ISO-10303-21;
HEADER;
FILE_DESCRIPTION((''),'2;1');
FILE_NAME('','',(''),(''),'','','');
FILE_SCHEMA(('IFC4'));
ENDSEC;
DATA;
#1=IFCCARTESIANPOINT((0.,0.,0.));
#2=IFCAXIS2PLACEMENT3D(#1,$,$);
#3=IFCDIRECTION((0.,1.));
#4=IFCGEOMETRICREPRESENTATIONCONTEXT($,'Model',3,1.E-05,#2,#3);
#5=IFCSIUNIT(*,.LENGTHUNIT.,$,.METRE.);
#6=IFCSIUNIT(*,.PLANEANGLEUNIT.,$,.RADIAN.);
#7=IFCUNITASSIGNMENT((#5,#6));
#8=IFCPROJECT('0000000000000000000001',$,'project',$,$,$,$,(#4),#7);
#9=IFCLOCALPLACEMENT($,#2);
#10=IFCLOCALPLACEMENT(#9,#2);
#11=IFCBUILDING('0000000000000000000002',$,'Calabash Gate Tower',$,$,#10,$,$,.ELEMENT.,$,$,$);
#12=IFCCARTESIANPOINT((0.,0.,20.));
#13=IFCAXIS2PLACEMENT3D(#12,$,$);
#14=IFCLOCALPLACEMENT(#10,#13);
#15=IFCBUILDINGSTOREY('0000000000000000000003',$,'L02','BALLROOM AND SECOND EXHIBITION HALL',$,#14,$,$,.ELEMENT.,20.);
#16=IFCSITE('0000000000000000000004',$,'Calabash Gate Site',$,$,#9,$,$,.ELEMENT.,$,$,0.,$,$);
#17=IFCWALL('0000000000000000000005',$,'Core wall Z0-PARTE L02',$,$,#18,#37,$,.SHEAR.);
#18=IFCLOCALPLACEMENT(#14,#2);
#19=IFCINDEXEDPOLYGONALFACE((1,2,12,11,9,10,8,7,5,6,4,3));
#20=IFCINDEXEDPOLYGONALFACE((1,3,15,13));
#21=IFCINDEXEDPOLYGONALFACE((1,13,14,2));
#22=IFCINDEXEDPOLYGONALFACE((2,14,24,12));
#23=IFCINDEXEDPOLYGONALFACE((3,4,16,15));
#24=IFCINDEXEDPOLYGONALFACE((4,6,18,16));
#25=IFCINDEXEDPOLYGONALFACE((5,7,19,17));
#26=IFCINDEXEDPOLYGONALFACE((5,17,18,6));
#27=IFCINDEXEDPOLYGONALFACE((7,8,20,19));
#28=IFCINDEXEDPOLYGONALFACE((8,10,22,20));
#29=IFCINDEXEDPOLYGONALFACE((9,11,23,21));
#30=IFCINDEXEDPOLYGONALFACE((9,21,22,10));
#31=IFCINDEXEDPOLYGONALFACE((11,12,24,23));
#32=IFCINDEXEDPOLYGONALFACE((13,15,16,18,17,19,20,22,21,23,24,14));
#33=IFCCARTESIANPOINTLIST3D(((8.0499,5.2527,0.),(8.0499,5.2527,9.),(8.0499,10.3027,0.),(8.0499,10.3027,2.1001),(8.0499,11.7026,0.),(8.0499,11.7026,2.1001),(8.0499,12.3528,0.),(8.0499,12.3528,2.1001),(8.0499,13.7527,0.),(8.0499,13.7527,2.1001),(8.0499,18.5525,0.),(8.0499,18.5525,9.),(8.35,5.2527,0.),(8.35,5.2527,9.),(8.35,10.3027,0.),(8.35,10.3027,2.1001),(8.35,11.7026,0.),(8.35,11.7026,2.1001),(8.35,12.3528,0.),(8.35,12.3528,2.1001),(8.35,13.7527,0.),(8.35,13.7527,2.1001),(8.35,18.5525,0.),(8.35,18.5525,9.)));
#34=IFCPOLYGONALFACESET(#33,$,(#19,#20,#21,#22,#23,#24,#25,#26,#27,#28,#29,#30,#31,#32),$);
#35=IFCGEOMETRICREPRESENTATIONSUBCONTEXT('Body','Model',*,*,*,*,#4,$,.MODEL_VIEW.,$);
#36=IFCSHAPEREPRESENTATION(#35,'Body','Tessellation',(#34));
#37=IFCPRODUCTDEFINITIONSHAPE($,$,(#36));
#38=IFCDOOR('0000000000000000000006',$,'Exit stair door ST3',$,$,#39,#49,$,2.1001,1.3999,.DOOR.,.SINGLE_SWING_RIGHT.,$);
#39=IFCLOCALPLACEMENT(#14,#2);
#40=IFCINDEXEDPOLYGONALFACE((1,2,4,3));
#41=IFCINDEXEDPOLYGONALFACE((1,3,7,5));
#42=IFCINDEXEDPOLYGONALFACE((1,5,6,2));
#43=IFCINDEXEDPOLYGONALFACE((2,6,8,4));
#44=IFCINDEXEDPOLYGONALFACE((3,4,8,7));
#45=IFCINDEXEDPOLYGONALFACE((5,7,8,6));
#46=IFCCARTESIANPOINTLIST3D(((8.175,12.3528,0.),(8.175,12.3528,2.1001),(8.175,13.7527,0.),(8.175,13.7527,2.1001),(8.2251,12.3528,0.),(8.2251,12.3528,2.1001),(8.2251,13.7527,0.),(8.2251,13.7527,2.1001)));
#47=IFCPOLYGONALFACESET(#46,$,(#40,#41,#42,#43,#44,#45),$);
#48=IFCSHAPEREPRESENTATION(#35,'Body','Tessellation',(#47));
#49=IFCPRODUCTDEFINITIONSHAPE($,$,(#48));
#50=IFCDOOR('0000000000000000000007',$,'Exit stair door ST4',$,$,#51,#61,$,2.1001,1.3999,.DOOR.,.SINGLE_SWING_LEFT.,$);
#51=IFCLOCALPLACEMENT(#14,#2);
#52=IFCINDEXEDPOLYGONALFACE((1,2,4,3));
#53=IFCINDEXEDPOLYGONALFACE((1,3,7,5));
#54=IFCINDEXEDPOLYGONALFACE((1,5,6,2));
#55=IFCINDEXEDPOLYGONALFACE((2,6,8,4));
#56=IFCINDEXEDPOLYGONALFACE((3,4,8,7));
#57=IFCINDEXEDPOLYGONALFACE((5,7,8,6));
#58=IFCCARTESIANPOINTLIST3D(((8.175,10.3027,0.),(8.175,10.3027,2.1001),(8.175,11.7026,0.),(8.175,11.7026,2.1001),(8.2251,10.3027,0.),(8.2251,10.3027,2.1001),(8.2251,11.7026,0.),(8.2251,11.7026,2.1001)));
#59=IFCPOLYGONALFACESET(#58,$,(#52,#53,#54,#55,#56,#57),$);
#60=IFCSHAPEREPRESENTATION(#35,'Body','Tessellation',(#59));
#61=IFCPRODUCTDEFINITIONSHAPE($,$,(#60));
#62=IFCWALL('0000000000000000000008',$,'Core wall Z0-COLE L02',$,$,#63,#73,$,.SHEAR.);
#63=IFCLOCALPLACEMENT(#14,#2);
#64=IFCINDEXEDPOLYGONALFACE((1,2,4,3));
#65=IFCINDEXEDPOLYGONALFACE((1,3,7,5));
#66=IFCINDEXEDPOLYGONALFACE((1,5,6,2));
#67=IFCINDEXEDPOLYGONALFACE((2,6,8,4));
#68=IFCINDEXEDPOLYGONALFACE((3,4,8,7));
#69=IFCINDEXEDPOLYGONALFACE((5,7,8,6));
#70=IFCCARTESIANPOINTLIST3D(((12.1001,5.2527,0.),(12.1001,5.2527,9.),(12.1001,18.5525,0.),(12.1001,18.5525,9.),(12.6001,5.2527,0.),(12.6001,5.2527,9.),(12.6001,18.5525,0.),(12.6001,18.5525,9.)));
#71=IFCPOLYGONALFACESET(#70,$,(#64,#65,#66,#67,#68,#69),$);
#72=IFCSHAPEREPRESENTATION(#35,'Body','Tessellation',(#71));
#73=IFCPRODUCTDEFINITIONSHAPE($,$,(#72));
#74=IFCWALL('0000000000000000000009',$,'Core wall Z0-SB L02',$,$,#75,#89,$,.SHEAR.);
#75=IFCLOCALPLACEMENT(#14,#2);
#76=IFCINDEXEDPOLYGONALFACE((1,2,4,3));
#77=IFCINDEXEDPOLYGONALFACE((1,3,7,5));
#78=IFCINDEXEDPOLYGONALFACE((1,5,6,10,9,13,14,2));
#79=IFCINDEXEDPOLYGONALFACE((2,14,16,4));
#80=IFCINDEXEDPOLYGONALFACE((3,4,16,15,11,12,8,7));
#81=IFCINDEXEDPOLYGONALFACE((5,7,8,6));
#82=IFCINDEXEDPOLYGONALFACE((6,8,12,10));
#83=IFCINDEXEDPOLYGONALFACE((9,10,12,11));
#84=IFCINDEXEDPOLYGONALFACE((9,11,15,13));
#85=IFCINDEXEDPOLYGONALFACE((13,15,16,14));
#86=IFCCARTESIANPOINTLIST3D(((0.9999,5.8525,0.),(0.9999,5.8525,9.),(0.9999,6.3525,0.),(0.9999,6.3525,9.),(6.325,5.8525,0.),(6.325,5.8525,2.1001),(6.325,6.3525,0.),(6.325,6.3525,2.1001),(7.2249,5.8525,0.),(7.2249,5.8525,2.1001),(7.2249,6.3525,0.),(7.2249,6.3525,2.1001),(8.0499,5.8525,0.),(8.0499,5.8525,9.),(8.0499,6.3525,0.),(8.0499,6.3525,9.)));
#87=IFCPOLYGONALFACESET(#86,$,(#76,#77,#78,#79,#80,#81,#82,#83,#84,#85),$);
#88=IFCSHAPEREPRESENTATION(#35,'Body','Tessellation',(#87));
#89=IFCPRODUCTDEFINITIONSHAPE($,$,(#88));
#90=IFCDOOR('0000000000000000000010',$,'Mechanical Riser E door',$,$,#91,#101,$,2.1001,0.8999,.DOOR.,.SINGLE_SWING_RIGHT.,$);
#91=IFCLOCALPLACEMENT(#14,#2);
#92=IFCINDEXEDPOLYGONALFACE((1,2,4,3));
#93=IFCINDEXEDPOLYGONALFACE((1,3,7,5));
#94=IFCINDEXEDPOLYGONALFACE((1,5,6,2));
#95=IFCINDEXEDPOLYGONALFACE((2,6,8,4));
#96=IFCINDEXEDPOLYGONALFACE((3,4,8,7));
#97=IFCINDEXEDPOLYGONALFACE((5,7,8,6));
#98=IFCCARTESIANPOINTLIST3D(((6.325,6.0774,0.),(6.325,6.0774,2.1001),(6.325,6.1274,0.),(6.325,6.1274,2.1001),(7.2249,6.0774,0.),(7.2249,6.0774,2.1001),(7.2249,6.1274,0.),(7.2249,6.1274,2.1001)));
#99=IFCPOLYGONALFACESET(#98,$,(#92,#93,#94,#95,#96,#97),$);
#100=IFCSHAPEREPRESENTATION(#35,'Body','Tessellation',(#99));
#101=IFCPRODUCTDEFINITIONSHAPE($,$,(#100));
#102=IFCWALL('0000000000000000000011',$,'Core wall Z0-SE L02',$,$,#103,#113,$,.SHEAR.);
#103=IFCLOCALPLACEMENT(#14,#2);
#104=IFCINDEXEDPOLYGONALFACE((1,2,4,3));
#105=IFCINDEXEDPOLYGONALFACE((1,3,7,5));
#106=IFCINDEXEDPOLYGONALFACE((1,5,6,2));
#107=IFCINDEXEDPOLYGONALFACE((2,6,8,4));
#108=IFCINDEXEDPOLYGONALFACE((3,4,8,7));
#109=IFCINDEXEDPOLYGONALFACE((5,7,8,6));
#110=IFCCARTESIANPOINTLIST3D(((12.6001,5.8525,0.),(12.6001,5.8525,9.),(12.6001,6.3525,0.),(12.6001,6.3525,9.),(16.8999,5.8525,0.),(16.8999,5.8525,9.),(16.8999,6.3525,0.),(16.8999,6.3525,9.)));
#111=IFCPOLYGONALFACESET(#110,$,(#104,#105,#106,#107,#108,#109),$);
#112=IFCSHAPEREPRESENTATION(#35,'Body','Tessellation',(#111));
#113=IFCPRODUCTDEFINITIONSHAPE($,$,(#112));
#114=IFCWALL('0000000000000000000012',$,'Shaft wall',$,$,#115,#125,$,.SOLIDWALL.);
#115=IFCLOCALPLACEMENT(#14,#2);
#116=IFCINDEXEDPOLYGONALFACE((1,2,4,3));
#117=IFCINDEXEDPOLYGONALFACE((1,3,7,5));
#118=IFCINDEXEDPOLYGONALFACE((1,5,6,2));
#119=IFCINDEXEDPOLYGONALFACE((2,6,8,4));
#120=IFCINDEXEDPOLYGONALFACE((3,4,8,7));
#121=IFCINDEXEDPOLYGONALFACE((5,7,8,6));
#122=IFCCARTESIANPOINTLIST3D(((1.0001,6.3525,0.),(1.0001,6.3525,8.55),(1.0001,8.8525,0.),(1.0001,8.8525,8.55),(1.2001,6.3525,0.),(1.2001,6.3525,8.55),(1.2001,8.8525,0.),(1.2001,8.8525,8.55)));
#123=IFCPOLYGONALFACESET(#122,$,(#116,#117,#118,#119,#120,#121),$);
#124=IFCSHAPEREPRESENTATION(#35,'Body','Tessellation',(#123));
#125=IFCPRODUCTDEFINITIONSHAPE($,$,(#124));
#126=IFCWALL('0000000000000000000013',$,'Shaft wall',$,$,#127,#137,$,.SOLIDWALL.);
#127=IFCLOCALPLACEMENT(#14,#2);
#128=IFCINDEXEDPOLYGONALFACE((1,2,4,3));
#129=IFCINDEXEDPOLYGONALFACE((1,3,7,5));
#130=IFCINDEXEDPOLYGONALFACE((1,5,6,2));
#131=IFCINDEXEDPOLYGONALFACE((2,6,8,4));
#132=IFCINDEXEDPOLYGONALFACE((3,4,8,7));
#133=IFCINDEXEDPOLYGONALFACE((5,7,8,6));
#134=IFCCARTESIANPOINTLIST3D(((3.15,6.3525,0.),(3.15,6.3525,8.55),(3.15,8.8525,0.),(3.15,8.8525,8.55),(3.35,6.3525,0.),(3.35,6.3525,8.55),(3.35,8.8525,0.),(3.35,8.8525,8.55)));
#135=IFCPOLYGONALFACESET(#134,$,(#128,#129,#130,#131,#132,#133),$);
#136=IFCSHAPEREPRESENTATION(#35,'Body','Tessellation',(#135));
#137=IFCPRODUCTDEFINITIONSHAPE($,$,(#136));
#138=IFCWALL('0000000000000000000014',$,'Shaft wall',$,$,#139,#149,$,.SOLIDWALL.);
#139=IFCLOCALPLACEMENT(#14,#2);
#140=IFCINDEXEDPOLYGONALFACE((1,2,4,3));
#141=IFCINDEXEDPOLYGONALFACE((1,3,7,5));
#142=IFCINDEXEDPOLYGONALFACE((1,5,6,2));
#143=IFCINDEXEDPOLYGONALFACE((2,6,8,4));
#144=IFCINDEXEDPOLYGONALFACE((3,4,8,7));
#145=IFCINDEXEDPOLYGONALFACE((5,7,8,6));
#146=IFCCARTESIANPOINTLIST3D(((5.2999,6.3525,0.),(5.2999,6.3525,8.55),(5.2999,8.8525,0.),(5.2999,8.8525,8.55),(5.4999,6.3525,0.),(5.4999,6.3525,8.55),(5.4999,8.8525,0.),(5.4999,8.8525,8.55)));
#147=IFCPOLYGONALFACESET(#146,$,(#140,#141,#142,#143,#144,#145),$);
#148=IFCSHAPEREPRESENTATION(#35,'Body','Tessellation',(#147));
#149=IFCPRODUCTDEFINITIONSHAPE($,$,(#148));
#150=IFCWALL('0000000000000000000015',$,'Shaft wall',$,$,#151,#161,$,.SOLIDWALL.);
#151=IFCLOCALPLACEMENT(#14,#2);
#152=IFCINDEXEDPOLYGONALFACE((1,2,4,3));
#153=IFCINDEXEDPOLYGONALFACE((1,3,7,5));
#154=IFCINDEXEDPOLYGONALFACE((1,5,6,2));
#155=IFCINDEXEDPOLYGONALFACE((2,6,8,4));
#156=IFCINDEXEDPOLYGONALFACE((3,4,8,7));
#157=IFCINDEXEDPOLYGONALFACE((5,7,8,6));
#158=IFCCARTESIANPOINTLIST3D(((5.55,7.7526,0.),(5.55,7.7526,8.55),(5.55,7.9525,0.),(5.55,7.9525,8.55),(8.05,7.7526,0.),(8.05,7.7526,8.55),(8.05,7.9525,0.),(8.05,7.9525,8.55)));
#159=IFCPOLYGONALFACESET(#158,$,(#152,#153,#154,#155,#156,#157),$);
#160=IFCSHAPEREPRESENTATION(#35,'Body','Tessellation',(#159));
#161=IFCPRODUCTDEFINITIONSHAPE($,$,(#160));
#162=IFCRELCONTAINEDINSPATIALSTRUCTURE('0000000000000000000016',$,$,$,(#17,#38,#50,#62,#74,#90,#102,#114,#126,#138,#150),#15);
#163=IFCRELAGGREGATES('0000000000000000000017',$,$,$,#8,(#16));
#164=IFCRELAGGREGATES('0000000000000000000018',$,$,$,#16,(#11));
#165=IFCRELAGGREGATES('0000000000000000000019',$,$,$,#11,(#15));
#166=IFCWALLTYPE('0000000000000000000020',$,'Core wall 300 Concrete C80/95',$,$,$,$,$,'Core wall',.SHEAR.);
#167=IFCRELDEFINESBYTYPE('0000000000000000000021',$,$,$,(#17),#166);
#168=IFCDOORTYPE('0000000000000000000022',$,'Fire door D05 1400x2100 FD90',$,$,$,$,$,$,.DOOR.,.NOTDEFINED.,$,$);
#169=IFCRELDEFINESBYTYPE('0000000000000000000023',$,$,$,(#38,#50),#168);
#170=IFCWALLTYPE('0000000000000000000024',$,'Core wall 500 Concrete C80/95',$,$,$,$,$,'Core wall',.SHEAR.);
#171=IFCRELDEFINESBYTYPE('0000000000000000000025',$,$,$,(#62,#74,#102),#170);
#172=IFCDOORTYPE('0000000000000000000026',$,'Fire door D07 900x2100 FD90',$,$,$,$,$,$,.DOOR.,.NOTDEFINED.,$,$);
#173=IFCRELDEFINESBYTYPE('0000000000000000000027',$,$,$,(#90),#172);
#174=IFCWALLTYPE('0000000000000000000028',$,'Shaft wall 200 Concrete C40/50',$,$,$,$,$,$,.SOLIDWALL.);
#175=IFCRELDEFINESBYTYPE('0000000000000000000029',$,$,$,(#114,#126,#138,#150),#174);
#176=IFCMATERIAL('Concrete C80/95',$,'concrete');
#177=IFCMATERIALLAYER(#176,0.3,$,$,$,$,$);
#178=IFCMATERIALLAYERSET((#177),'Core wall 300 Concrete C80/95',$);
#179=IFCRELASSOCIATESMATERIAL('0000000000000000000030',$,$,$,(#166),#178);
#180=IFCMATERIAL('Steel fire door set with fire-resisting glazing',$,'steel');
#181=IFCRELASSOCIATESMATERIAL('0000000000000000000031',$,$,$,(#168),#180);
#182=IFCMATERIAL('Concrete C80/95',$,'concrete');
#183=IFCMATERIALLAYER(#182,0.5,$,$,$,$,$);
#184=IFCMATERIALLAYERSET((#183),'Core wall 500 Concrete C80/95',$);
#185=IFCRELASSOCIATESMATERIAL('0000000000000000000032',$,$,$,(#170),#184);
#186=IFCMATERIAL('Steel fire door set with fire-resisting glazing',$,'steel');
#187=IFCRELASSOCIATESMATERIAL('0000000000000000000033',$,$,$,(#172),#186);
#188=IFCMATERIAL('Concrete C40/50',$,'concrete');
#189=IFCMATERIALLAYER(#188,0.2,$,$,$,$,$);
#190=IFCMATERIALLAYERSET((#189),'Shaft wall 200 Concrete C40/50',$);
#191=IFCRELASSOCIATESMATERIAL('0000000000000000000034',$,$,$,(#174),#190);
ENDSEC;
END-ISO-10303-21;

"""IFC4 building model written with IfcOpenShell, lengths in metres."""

from ifc_helpers import new_model, si_unit, direction, frame, frame_2d, origin, place, context, subcontext, project, spatial, rectangle, extrude, material, layer, layer_set, type_object, element, fill, save


model = new_model("IFC4")

# Units and contexts
model_context = context("Model", 3, precision=1e-05, world=origin(), true_north=direction((0.0, 1.0)))
body_context = subcontext(model_context, "Body", "Model", "MODEL_VIEW")
ifc_project = project(units=[si_unit("LENGTHUNIT", "METRE"), si_unit("PLANEANGLEUNIT", "RADIAN")], contexts=[model_context])

# Site, building, storey
site_placement = place(None, origin())
site = spatial("IfcSite", under=ifc_project, at=site_placement, Name="Calabash Gate Site", CompositionType="ELEMENT", RefElevation=0.0)
building_placement = place(site_placement, origin())
building = spatial("IfcBuilding", under=site, at=building_placement, Name="Calabash Gate Tower", CompositionType="ELEMENT")
storey_placement = place(building_placement, frame((0.0, 0.0, 20.0)))
storey = spatial("IfcBuildingStorey", under=building, at=storey_placement, Name="L02", Description="BALLROOM AND SECOND EXHIBITION HALL", CompositionType="ELEMENT", Elevation=20.0)

# Wall, openings, doors
ifc_material_1 = material(Name="Concrete C80/95", Category="concrete")
ifc_layer_1 = layer(ifc_material_1, 0.3)
ifc_layer_set_1 = layer_set([ifc_layer_1], Name="Core wall 300 Concrete C80/95")
wall_type_1 = type_object("IfcWallType", Name="Core wall 300 Concrete C80/95", ElementType="Core wall", PredefinedType="SHEAR", material=ifc_layer_set_1)
wall_1_placement = place(storey_placement, frame((8.2, 5.2527, 0.0), z_axis=(0.0, 0.0, 1.0), x_axis=(0.0, 1.0, 0.0)))
wall_1 = element("IfcWall", 1, at=wall_1_placement, inside=storey, type_object=wall_type_1, Name="Core wall Z0-PARTE L02", PredefinedType="SHEAR", context=body_context, shape_type="SweptSolid", body=[
    extrude(rectangle(XDim=13.2998, YDim=0.3, at=frame_2d((6.6499, 0.0))), origin(), (0.0, 0.0, 1.0), 9.0),
])
opening_1_placement = place(wall_1_placement, frame((7.1001, 0.0, 0.0)))
opening_1 = element("IfcOpeningElement", 2, at=opening_1_placement, cuts=wall_1, PredefinedType="OPENING", context=body_context, shape_type="SweptSolid", body=[
    extrude(rectangle(XDim=1.3999, YDim=2.1001, at=frame_2d((0.7, 1.05))), frame((0.0, 0.1599, 0.0), z_axis=(0.0, -1.0, 0.0), x_axis=(1.0, 0.0, 0.0)), (0.0, 0.0, 1.0), 0.3201),
])
opening_2_placement = place(wall_1_placement, frame((5.05, 0.0, 0.0)))
opening_2 = element("IfcOpeningElement", 3, at=opening_2_placement, cuts=wall_1, PredefinedType="OPENING", context=body_context, shape_type="SweptSolid", body=[
    extrude(rectangle(XDim=1.3999, YDim=2.1001, at=frame_2d((0.7, 1.05))), frame((0.0, 0.1599, 0.0), z_axis=(0.0, -1.0, 0.0), x_axis=(1.0, 0.0, 0.0)), (0.0, 0.0, 1.0), 0.3201),
])
ifc_material_2 = material(Name="Steel fire door set with fire-resisting glazing", Category="steel")
door_type_1 = type_object("IfcDoorType", Name="Fire door D05 1400x2100 FD90", OperationType="NOTDEFINED", PredefinedType="DOOR", material=ifc_material_2)
door_1_placement = place(opening_1_placement, origin())
door_1 = element("IfcDoor", 4, at=door_1_placement, inside=storey, type_object=door_type_1, Name="Exit stair door ST3", OperationType="SINGLE_SWING_RIGHT", OverallHeight=2.1001, OverallWidth=1.3999, PredefinedType="DOOR", context=body_context, shape_type="SweptSolid", body=[
    extrude(rectangle(XDim=1.3999, YDim=2.1001, at=frame_2d((0.7, 1.05))), frame((0.0, 0.0249, 0.0), z_axis=(0.0, -1.0, 0.0), x_axis=(1.0, 0.0, 0.0)), (0.0, 0.0, 1.0), 0.05),
])
fill(opening_1, door_1)
door_2_placement = place(opening_2_placement, origin())
door_2 = element("IfcDoor", 5, at=door_2_placement, inside=storey, type_object=door_type_1, Name="Exit stair door ST4", OperationType="SINGLE_SWING_LEFT", OverallHeight=2.1001, OverallWidth=1.3999, PredefinedType="DOOR", context=body_context, shape_type="SweptSolid", body=[
    extrude(rectangle(XDim=1.3999, YDim=2.1001, at=frame_2d((0.7, 1.05))), frame((0.0, 0.0249, 0.0), z_axis=(0.0, -1.0, 0.0), x_axis=(1.0, 0.0, 0.0)), (0.0, 0.0, 1.0), 0.05),
])
fill(opening_2, door_2)

# Wall
ifc_material_3 = material(Name="Concrete C80/95", Category="concrete")
ifc_layer_2 = layer(ifc_material_3, 0.5)
ifc_layer_set_2 = layer_set([ifc_layer_2], Name="Core wall 500 Concrete C80/95")
wall_type_2 = type_object("IfcWallType", Name="Core wall 500 Concrete C80/95", ElementType="Core wall", PredefinedType="SHEAR", material=ifc_layer_set_2)
wall_2_placement = place(storey_placement, frame((12.3501, 5.2527, 0.0), z_axis=(0.0, 0.0, 1.0), x_axis=(0.0, 1.0, 0.0)))
element("IfcWall", 6, at=wall_2_placement, inside=storey, type_object=wall_type_2, Name="Core wall Z0-COLE L02", PredefinedType="SHEAR", context=body_context, shape_type="SweptSolid", body=[
    extrude(rectangle(XDim=13.2998, YDim=0.5, at=frame_2d((6.6499, 0.0))), origin(), (0.0, 0.0, 1.0), 9.0),
])

# Wall, opening, door
wall_3_placement = place(storey_placement, frame((1.0, 6.1025, 0.0), z_axis=(0.0, 0.0, 1.0), x_axis=(1.0, 0.0, 0.0)))
wall_3 = element("IfcWall", 7, at=wall_3_placement, inside=storey, type_object=wall_type_2, Name="Core wall Z0-SB L02", PredefinedType="SHEAR", context=body_context, shape_type="SweptSolid", body=[
    extrude(rectangle(XDim=7.05, YDim=0.5, at=frame_2d((3.5249, 0.0))), origin(), (0.0, 0.0, 1.0), 9.0),
])
opening_3_placement = place(wall_3_placement, frame((5.325, 0.0, 0.0)))
opening_3 = element("IfcOpeningElement", 8, at=opening_3_placement, cuts=wall_3, PredefinedType="OPENING", context=body_context, shape_type="SweptSolid", body=[
    extrude(rectangle(XDim=0.8999, YDim=2.1001, at=frame_2d((0.45, 1.05))), frame((0.0, 0.26, 0.0), z_axis=(0.0, -1.0, 0.0), x_axis=(1.0, 0.0, 0.0)), (0.0, 0.0, 1.0), 0.52),
])
ifc_material_4 = material(Name="Steel fire door set with fire-resisting glazing", Category="steel")
door_type_2 = type_object("IfcDoorType", Name="Fire door D07 900x2100 FD90", OperationType="NOTDEFINED", PredefinedType="DOOR", material=ifc_material_4)
door_3_placement = place(opening_3_placement, origin())
door_3 = element("IfcDoor", 9, at=door_3_placement, inside=storey, type_object=door_type_2, Name="Mechanical Riser E door", OperationType="SINGLE_SWING_RIGHT", OverallHeight=2.1001, OverallWidth=0.8999, PredefinedType="DOOR", context=body_context, shape_type="SweptSolid", body=[
    extrude(rectangle(XDim=0.8999, YDim=2.1001, at=frame_2d((0.45, 1.05))), frame((0.0, 0.0249, 0.0), z_axis=(0.0, -1.0, 0.0), x_axis=(1.0, 0.0, 0.0)), (0.0, 0.0, 1.0), 0.05),
])
fill(opening_3, door_3)

# Walls
wall_4_placement = place(storey_placement, frame((12.6001, 6.1025, 0.0), z_axis=(0.0, 0.0, 1.0), x_axis=(1.0, 0.0, 0.0)))
element("IfcWall", 10, at=wall_4_placement, inside=storey, type_object=wall_type_2, Name="Core wall Z0-SE L02", PredefinedType="SHEAR", context=body_context, shape_type="SweptSolid", body=[
    extrude(rectangle(XDim=4.2998, YDim=0.5, at=frame_2d((2.1499, 0.0))), origin(), (0.0, 0.0, 1.0), 9.0),
])
ifc_material_5 = material(Name="Concrete C40/50", Category="concrete")
ifc_layer_3 = layer(ifc_material_5, 0.2)
ifc_layer_set_3 = layer_set([ifc_layer_3], Name="Shaft wall 200 Concrete C40/50")
wall_type_3 = type_object("IfcWallType", Name="Shaft wall 200 Concrete C40/50", PredefinedType="SOLIDWALL", material=ifc_layer_set_3)
for number, where, z_axis, x_axis, name in (
    (11, (1.1001, 6.3525, 0.0), (0.0, 0.0, 1.0), (0.0, 1.0, 0.0), "Shaft wall"),
    (12, (3.25, 6.3525, 0.0), (0.0, 0.0, 1.0), (0.0, 1.0, 0.0), "Shaft wall"),
    (13, (5.3999, 6.3525, 0.0), (0.0, 0.0, 1.0), (0.0, 1.0, 0.0), "Shaft wall"),
    (14, (5.55, 7.8525, 0.0), (0.0, 0.0, 1.0), (1.0, 0.0, 0.0), "Shaft wall"),
):
    element("IfcWall", number, at=place(storey_placement, frame(where, z_axis=z_axis, x_axis=x_axis)), inside=storey, type_object=wall_type_3, Name=name, PredefinedType="SOLIDWALL", context=body_context, shape_type="SweptSolid", body=[
        extrude(rectangle(XDim=2.5, YDim=0.2, at=frame_2d((1.25, 0.0))), origin(), (0.0, 0.0, 1.0), 8.55),
    ])

save(model, "model.ifc")
